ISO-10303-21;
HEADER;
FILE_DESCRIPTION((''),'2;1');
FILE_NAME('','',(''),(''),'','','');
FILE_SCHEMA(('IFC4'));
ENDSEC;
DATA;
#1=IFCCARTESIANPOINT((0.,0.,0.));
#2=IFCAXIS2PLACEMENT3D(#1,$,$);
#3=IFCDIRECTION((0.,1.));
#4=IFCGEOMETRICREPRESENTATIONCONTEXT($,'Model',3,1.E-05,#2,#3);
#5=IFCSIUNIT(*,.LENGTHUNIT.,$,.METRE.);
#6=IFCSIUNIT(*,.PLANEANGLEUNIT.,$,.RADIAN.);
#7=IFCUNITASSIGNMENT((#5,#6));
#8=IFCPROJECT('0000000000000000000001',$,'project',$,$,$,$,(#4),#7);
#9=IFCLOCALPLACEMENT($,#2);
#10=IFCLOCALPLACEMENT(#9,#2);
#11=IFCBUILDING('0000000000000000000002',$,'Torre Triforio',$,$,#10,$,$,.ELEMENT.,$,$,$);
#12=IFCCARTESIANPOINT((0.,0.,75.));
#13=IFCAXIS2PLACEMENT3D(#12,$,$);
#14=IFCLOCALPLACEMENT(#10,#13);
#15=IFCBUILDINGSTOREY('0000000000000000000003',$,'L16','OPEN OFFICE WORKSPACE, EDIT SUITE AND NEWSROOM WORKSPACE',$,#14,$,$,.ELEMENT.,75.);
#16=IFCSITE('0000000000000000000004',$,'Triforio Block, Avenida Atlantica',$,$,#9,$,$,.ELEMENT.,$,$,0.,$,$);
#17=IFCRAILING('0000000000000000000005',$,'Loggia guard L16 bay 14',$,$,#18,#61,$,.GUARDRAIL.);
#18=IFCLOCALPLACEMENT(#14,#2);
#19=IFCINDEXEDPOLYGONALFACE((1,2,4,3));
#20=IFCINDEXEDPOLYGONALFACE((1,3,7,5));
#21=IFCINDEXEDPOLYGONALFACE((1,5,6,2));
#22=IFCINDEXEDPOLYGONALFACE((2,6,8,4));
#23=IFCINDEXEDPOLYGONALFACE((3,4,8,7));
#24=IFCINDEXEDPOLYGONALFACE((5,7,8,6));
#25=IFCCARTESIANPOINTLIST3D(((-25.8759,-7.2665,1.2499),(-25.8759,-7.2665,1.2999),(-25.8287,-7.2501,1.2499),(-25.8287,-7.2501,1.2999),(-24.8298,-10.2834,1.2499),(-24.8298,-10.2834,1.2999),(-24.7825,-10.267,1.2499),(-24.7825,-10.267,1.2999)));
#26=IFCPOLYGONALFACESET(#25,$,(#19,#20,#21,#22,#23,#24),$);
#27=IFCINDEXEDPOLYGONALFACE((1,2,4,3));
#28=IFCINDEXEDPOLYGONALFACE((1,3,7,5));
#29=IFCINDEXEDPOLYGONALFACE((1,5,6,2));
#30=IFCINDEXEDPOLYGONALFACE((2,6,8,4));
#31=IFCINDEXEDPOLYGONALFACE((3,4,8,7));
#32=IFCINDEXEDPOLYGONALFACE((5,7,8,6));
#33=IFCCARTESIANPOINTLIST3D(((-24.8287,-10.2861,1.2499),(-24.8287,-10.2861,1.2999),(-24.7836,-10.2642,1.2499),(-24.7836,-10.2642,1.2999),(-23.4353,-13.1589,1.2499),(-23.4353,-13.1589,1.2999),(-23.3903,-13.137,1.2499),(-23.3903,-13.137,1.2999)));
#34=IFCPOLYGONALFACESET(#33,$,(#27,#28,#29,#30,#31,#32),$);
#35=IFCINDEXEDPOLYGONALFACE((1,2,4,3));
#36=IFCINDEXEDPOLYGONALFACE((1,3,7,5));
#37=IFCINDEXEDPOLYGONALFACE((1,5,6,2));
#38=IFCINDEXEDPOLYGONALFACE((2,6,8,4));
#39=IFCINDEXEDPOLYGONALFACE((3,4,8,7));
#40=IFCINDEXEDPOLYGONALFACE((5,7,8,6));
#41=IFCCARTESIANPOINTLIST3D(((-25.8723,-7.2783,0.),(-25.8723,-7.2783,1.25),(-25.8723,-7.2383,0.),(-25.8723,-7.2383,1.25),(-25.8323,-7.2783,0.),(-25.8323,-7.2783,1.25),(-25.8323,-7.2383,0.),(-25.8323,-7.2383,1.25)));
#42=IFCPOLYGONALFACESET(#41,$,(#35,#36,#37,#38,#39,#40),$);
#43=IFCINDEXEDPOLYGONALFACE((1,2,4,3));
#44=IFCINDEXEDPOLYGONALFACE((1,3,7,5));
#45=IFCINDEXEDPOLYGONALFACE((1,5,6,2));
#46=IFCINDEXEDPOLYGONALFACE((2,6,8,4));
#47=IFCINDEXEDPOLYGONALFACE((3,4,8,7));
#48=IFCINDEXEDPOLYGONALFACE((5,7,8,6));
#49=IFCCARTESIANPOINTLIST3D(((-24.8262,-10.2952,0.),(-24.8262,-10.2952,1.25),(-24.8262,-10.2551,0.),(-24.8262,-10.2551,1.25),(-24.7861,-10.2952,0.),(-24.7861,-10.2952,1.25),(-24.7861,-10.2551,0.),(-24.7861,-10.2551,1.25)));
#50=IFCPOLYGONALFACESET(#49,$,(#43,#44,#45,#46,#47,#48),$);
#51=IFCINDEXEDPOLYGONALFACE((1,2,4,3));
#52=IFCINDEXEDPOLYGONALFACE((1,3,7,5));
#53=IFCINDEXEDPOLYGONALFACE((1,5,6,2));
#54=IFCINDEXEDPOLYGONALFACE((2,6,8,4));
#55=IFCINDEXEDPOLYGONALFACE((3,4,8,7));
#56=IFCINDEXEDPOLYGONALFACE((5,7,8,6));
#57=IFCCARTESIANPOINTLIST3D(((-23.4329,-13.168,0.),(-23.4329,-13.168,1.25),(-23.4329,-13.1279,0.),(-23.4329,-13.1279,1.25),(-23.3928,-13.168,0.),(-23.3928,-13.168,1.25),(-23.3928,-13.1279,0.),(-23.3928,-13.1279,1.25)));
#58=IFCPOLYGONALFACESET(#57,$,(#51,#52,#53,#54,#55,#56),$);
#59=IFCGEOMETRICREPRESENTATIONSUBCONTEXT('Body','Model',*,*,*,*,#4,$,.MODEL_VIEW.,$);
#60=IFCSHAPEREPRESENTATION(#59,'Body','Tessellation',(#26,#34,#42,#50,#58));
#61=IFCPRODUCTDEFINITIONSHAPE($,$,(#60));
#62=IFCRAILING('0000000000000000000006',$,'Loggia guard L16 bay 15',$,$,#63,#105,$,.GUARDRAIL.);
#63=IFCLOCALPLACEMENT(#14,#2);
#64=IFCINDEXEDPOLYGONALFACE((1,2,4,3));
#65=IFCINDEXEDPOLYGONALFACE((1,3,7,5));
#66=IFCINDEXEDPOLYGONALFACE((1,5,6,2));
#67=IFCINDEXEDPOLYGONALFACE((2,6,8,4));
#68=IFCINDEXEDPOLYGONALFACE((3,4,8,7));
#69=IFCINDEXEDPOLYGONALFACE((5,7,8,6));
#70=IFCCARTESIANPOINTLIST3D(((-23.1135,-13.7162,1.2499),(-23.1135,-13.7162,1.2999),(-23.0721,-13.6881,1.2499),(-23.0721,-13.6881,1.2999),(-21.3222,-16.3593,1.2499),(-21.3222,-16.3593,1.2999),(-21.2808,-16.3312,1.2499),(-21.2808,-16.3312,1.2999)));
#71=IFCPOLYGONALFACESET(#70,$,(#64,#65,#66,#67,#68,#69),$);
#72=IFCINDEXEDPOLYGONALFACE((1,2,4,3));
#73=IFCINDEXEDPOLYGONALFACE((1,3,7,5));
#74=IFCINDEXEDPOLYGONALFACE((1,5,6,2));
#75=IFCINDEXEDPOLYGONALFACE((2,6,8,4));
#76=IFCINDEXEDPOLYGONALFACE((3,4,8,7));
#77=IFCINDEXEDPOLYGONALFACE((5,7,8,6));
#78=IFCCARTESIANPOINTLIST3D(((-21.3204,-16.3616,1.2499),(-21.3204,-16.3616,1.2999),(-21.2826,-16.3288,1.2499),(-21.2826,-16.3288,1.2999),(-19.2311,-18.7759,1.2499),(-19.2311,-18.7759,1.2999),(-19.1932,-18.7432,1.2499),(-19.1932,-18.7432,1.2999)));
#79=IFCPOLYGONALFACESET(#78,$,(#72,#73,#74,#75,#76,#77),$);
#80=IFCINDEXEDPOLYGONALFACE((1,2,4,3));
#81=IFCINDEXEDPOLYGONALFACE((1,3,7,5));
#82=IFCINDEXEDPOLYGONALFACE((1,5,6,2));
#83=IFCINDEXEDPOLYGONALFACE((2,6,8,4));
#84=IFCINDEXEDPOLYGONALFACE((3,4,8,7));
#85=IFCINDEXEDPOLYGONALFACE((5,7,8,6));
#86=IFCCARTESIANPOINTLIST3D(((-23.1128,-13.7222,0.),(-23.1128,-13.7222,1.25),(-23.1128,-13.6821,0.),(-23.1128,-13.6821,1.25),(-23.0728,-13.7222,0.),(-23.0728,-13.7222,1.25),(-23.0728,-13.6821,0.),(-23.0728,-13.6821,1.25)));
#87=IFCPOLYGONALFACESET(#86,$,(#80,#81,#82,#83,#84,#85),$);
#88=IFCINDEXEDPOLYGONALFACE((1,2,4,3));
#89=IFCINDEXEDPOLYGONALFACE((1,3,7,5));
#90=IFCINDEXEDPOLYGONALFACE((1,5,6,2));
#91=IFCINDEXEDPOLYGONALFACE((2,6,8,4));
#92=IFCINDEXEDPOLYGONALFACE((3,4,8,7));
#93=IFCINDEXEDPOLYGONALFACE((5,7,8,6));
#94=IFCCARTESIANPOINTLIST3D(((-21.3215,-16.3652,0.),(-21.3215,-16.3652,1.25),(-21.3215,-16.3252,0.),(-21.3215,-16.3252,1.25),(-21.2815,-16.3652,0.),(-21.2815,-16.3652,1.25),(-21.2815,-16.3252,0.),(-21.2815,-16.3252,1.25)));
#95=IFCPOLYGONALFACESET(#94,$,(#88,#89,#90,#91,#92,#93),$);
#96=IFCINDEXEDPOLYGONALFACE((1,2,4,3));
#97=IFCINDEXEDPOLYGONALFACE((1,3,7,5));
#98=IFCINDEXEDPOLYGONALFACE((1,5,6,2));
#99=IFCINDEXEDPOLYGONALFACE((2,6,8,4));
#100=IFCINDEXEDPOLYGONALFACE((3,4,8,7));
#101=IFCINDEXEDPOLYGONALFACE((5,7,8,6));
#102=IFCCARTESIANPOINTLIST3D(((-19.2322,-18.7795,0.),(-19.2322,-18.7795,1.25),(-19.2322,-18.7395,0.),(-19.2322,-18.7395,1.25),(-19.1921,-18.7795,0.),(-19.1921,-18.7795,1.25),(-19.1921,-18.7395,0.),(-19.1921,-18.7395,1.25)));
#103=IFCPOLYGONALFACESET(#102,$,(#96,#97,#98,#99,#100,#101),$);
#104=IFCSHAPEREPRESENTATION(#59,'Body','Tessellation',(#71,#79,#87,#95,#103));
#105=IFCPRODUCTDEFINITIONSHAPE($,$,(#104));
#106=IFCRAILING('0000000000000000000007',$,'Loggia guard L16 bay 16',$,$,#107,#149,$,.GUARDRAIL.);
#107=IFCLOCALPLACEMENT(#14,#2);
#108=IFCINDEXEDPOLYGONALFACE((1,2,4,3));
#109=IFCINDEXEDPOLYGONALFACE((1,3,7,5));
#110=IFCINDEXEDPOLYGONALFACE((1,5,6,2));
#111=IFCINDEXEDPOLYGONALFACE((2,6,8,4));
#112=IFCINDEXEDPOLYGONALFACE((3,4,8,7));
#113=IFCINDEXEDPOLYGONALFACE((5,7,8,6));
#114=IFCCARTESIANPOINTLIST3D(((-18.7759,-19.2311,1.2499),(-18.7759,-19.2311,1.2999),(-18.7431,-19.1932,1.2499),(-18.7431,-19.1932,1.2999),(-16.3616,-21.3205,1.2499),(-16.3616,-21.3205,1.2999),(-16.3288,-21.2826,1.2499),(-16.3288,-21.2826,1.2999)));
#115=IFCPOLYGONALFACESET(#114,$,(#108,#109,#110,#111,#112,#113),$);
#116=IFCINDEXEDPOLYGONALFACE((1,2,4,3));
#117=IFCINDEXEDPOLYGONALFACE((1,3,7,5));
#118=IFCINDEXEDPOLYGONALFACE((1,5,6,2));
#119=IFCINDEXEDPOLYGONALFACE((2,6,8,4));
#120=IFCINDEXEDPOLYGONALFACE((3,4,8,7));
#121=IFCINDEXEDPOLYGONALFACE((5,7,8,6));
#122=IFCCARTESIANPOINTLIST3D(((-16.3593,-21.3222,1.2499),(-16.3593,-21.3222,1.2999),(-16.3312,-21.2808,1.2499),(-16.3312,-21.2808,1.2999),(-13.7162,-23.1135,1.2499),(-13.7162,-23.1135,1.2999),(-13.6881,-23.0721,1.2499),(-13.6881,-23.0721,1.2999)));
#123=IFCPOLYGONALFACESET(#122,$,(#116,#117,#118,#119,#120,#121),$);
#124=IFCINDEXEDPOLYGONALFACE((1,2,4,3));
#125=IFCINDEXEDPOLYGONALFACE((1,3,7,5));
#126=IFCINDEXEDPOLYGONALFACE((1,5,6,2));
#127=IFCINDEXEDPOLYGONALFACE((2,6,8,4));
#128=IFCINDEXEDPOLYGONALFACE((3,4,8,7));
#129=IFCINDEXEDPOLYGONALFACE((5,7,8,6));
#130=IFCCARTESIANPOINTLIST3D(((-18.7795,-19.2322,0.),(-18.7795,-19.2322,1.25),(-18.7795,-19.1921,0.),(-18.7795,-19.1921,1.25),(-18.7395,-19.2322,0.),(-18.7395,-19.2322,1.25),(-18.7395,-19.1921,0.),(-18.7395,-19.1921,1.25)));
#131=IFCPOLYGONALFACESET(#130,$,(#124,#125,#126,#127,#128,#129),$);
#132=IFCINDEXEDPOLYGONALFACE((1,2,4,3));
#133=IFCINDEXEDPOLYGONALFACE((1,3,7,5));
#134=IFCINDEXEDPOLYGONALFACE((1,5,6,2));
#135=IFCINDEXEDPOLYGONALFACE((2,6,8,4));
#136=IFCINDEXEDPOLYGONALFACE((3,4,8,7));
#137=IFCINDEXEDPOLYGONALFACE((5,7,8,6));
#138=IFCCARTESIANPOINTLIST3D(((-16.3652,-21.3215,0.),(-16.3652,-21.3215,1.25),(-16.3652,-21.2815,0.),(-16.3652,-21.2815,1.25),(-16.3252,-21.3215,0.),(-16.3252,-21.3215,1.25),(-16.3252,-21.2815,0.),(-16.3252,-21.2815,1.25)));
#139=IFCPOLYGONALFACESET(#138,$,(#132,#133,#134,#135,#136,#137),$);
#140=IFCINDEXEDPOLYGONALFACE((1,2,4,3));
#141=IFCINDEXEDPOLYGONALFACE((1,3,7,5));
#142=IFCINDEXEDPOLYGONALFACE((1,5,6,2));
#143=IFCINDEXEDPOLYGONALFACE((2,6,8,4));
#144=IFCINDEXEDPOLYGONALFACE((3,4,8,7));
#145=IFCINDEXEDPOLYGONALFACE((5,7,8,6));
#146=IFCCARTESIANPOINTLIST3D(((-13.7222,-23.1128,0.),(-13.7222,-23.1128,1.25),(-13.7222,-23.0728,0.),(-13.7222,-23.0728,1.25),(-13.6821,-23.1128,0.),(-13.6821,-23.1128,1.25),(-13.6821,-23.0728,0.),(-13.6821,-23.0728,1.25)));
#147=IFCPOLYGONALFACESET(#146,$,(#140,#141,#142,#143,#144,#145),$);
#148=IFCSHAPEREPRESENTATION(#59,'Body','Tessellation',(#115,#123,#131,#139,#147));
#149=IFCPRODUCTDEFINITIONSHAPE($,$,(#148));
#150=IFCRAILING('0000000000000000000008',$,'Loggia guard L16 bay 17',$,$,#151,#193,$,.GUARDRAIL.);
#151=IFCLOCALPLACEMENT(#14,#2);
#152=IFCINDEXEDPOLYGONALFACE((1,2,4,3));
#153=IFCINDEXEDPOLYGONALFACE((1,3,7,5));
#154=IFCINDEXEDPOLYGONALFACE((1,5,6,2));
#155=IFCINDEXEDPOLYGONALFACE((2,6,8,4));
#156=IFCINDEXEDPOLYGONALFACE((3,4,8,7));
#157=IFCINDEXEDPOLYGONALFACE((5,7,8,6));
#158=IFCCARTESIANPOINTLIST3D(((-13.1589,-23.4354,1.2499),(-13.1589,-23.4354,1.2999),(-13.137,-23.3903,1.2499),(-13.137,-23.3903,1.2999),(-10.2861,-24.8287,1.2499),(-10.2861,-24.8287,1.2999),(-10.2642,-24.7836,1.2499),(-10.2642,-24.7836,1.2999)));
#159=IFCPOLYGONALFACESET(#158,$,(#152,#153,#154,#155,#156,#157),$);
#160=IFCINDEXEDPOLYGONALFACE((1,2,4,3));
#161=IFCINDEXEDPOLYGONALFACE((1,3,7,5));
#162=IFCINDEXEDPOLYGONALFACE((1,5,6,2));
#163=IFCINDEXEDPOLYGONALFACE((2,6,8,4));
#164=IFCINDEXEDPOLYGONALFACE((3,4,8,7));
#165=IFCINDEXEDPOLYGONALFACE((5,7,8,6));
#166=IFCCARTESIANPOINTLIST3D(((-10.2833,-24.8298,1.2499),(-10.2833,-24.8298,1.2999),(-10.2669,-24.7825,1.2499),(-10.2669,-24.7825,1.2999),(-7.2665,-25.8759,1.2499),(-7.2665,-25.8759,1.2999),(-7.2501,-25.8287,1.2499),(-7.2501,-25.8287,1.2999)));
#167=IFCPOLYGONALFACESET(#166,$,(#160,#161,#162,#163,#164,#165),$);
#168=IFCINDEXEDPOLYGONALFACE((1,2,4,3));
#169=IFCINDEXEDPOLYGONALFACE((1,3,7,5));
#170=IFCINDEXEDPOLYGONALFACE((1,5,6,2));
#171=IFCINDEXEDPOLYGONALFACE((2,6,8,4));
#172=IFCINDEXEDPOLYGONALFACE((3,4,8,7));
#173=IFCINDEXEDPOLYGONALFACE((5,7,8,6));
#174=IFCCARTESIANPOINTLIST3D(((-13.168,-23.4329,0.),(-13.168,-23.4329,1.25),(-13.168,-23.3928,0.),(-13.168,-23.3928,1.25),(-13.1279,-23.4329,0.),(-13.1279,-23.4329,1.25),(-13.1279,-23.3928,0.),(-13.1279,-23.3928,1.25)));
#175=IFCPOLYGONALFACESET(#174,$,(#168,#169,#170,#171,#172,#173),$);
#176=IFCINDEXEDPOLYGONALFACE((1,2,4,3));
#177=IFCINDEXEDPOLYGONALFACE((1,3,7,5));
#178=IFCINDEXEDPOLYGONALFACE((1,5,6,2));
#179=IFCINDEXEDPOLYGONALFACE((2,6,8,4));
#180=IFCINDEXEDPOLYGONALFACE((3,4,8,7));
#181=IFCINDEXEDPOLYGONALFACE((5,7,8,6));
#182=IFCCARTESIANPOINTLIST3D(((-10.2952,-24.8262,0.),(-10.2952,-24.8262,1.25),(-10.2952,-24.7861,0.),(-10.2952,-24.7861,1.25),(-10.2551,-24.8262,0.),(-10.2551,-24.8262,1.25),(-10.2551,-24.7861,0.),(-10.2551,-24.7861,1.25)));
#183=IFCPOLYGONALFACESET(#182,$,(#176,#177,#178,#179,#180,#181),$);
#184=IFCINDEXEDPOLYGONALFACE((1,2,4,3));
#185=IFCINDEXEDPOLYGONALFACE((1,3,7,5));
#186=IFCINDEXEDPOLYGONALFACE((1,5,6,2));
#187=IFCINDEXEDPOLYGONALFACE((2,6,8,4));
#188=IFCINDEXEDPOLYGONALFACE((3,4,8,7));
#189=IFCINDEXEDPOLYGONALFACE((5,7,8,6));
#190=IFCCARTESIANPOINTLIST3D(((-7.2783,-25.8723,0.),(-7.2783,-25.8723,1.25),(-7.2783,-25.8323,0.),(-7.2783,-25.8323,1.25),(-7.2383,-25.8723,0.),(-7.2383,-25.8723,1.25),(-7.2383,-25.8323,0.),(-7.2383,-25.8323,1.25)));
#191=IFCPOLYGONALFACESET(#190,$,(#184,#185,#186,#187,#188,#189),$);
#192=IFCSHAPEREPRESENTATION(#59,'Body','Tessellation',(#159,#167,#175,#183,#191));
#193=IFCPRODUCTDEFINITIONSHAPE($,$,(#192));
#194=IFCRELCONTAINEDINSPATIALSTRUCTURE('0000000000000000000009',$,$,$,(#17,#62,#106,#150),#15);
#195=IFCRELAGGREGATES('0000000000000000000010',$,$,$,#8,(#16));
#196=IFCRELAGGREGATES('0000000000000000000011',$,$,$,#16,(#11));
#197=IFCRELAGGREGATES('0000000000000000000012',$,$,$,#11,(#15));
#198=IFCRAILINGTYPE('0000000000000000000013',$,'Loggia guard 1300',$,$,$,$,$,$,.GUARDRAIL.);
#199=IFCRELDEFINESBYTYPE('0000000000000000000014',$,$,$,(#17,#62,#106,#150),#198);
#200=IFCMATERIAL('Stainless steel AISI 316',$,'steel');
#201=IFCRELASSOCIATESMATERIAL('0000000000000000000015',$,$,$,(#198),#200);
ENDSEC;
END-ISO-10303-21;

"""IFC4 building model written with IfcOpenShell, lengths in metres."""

from ifc_helpers import new_model, si_unit, direction, frame, origin, origin_2d, place, context, subcontext, project, spatial, rectangle, extrude, material, type_object, element, save


model = new_model("IFC4")

# Units and contexts
model_context = context("Model", 3, precision=1e-05, world=origin(), true_north=direction((0.0, 1.0)))
body_context = subcontext(model_context, "Body", "Model", "MODEL_VIEW")
ifc_project = project(units=[si_unit("LENGTHUNIT", "METRE"), si_unit("PLANEANGLEUNIT", "RADIAN")], contexts=[model_context])

# Site, building, storey
site_placement = place(None, origin())
site = spatial("IfcSite", under=ifc_project, at=site_placement, Name="Triforio Block, Avenida Atlantica", CompositionType="ELEMENT", RefElevation=0.0)
building_placement = place(site_placement, origin())
building = spatial("IfcBuilding", under=site, at=building_placement, Name="Torre Triforio", CompositionType="ELEMENT")
storey_placement = place(building_placement, frame((0.0, 0.0, 75.0)))
storey = spatial("IfcBuildingStorey", under=building, at=storey_placement, Name="L16", Description="OPEN OFFICE WORKSPACE, EDIT SUITE AND NEWSROOM WORKSPACE", CompositionType="ELEMENT", Elevation=75.0)

# Railings
ifc_material_1 = material(Name="Stainless steel AISI 316", Category="steel")
railing_type = type_object("IfcRailingType", Name="Loggia guard 1300", PredefinedType="GUARDRAIL", material=ifc_material_1)
railing_1_placement = place(storey_placement, frame((-25.8523, -7.2583, 0.0)))
element("IfcRailing", 1, at=railing_1_placement, inside=storey, type_object=railing_type, Name="Loggia guard L16 bay 14", PredefinedType="GUARDRAIL", context=body_context, shape_type="SweptSolid", body=[
    extrude(rectangle(XDim=0.05, YDim=0.05, at=origin_2d()), frame((0.0, 0.0, 1.2749), z_axis=(0.327628, -0.944807, 0.0), x_axis=(0.944807, 0.327628, 0.0)), (0.0, 0.0, 1.0), 3.1931),
    extrude(rectangle(XDim=0.05, YDim=0.05, at=origin_2d()), frame((1.0461, -3.0168, 1.2749), z_axis=(0.436384, -0.89976, 0.0), x_axis=(0.89976, 0.436384, 0.0)), (0.0, 0.0, 1.0), 3.1929),
    extrude(rectangle(XDim=0.04, YDim=0.04, at=origin_2d()), origin(), (0.0, 0.0, 1.0), 1.25),
    extrude(rectangle(XDim=0.04, YDim=0.04, at=origin_2d()), frame((1.0461, -3.0168, 0.0)), (0.0, 0.0, 1.0), 1.25),
    extrude(rectangle(XDim=0.04, YDim=0.04, at=origin_2d()), frame((2.4395, -5.8896, 0.0)), (0.0, 0.0, 1.0), 1.25),
])
railing_2_placement = place(storey_placement, frame((-23.0928, -13.7021, 0.0)))
element("IfcRailing", 2, at=railing_2_placement, inside=storey, type_object=railing_type, Name="Loggia guard L16 bay 15", PredefinedType="GUARDRAIL", context=body_context, shape_type="SweptSolid", body=[
    extrude(rectangle(XDim=0.05, YDim=0.05, at=origin_2d()), frame((0.0, 0.0, 1.2749), z_axis=(0.561019, -0.827803, 0.0), x_axis=(0.827803, 0.561019, 0.0)), (0.0, 0.0, 1.0), 3.1929),
    extrude(rectangle(XDim=0.05, YDim=0.05, at=origin_2d()), frame((1.7913, -2.6431, 1.2749), z_axis=(0.654386, -0.756161, 0.0), x_axis=(0.756161, 0.654386, 0.0)), (0.0, 0.0, 1.0), 3.1929),
    extrude(rectangle(XDim=0.04, YDim=0.04, at=origin_2d()), origin(), (0.0, 0.0, 1.0), 1.25),
    extrude(rectangle(XDim=0.04, YDim=0.04, at=origin_2d()), frame((1.7913, -2.6431, 0.0)), (0.0, 0.0, 1.0), 1.25),
    extrude(rectangle(XDim=0.04, YDim=0.04, at=origin_2d()), frame((3.8806, -5.0574, 0.0)), (0.0, 0.0, 1.0), 1.25),
])
railing_3_placement = place(storey_placement, frame((-18.7595, -19.2122, 0.0)))
element("IfcRailing", 3, at=railing_3_placement, inside=storey, type_object=railing_type, Name="Loggia guard L16 bay 16", PredefinedType="GUARDRAIL", context=body_context, shape_type="SweptSolid", body=[
    extrude(rectangle(XDim=0.05, YDim=0.05, at=origin_2d()), frame((0.0, 0.0, 1.2749), z_axis=(0.756161, -0.654386, 0.0), x_axis=(0.654386, 0.756161, 0.0)), (0.0, 0.0, 1.0), 3.1929),
    extrude(rectangle(XDim=0.05, YDim=0.05, at=origin_2d()), frame((2.4143, -2.0894, 1.2749), z_axis=(0.827803, -0.561019, 0.0), x_axis=(0.561019, 0.827803, 0.0)), (0.0, 0.0, 1.0), 3.1929),
    extrude(rectangle(XDim=0.04, YDim=0.04, at=origin_2d()), origin(), (0.0, 0.0, 1.0), 1.25),
    extrude(rectangle(XDim=0.04, YDim=0.04, at=origin_2d()), frame((2.4143, -2.0894, 0.0)), (0.0, 0.0, 1.0), 1.25),
    extrude(rectangle(XDim=0.04, YDim=0.04, at=origin_2d()), frame((5.0574, -3.8806, 0.0)), (0.0, 0.0, 1.0), 1.25),
])
railing_4_placement = place(storey_placement, frame((-13.1479, -23.4128, 0.0)))
element("IfcRailing", 4, at=railing_4_placement, inside=storey, type_object=railing_type, Name="Loggia guard L16 bay 17", PredefinedType="GUARDRAIL", context=body_context, shape_type="SweptSolid", body=[
    extrude(rectangle(XDim=0.05, YDim=0.05, at=origin_2d()), frame((0.0, 0.0, 1.2749), z_axis=(0.89976, -0.436384, 0.0), x_axis=(0.436384, 0.89976, 0.0)), (0.0, 0.0, 1.0), 3.1929),
    extrude(rectangle(XDim=0.05, YDim=0.05, at=origin_2d()), frame((2.8728, -1.3933, 1.2749), z_axis=(0.944807, -0.327628, 0.0), x_axis=(0.327628, 0.944807, 0.0)), (0.0, 0.0, 1.0), 3.1931),
    extrude(rectangle(XDim=0.04, YDim=0.04, at=origin_2d()), origin(), (0.0, 0.0, 1.0), 1.25),
    extrude(rectangle(XDim=0.04, YDim=0.04, at=origin_2d()), frame((2.8728, -1.3933, 0.0)), (0.0, 0.0, 1.0), 1.25),
    extrude(rectangle(XDim=0.04, YDim=0.04, at=origin_2d()), frame((5.8896, -2.4395, 0.0)), (0.0, 0.0, 1.0), 1.25),
])

save(model, "model.ifc")
